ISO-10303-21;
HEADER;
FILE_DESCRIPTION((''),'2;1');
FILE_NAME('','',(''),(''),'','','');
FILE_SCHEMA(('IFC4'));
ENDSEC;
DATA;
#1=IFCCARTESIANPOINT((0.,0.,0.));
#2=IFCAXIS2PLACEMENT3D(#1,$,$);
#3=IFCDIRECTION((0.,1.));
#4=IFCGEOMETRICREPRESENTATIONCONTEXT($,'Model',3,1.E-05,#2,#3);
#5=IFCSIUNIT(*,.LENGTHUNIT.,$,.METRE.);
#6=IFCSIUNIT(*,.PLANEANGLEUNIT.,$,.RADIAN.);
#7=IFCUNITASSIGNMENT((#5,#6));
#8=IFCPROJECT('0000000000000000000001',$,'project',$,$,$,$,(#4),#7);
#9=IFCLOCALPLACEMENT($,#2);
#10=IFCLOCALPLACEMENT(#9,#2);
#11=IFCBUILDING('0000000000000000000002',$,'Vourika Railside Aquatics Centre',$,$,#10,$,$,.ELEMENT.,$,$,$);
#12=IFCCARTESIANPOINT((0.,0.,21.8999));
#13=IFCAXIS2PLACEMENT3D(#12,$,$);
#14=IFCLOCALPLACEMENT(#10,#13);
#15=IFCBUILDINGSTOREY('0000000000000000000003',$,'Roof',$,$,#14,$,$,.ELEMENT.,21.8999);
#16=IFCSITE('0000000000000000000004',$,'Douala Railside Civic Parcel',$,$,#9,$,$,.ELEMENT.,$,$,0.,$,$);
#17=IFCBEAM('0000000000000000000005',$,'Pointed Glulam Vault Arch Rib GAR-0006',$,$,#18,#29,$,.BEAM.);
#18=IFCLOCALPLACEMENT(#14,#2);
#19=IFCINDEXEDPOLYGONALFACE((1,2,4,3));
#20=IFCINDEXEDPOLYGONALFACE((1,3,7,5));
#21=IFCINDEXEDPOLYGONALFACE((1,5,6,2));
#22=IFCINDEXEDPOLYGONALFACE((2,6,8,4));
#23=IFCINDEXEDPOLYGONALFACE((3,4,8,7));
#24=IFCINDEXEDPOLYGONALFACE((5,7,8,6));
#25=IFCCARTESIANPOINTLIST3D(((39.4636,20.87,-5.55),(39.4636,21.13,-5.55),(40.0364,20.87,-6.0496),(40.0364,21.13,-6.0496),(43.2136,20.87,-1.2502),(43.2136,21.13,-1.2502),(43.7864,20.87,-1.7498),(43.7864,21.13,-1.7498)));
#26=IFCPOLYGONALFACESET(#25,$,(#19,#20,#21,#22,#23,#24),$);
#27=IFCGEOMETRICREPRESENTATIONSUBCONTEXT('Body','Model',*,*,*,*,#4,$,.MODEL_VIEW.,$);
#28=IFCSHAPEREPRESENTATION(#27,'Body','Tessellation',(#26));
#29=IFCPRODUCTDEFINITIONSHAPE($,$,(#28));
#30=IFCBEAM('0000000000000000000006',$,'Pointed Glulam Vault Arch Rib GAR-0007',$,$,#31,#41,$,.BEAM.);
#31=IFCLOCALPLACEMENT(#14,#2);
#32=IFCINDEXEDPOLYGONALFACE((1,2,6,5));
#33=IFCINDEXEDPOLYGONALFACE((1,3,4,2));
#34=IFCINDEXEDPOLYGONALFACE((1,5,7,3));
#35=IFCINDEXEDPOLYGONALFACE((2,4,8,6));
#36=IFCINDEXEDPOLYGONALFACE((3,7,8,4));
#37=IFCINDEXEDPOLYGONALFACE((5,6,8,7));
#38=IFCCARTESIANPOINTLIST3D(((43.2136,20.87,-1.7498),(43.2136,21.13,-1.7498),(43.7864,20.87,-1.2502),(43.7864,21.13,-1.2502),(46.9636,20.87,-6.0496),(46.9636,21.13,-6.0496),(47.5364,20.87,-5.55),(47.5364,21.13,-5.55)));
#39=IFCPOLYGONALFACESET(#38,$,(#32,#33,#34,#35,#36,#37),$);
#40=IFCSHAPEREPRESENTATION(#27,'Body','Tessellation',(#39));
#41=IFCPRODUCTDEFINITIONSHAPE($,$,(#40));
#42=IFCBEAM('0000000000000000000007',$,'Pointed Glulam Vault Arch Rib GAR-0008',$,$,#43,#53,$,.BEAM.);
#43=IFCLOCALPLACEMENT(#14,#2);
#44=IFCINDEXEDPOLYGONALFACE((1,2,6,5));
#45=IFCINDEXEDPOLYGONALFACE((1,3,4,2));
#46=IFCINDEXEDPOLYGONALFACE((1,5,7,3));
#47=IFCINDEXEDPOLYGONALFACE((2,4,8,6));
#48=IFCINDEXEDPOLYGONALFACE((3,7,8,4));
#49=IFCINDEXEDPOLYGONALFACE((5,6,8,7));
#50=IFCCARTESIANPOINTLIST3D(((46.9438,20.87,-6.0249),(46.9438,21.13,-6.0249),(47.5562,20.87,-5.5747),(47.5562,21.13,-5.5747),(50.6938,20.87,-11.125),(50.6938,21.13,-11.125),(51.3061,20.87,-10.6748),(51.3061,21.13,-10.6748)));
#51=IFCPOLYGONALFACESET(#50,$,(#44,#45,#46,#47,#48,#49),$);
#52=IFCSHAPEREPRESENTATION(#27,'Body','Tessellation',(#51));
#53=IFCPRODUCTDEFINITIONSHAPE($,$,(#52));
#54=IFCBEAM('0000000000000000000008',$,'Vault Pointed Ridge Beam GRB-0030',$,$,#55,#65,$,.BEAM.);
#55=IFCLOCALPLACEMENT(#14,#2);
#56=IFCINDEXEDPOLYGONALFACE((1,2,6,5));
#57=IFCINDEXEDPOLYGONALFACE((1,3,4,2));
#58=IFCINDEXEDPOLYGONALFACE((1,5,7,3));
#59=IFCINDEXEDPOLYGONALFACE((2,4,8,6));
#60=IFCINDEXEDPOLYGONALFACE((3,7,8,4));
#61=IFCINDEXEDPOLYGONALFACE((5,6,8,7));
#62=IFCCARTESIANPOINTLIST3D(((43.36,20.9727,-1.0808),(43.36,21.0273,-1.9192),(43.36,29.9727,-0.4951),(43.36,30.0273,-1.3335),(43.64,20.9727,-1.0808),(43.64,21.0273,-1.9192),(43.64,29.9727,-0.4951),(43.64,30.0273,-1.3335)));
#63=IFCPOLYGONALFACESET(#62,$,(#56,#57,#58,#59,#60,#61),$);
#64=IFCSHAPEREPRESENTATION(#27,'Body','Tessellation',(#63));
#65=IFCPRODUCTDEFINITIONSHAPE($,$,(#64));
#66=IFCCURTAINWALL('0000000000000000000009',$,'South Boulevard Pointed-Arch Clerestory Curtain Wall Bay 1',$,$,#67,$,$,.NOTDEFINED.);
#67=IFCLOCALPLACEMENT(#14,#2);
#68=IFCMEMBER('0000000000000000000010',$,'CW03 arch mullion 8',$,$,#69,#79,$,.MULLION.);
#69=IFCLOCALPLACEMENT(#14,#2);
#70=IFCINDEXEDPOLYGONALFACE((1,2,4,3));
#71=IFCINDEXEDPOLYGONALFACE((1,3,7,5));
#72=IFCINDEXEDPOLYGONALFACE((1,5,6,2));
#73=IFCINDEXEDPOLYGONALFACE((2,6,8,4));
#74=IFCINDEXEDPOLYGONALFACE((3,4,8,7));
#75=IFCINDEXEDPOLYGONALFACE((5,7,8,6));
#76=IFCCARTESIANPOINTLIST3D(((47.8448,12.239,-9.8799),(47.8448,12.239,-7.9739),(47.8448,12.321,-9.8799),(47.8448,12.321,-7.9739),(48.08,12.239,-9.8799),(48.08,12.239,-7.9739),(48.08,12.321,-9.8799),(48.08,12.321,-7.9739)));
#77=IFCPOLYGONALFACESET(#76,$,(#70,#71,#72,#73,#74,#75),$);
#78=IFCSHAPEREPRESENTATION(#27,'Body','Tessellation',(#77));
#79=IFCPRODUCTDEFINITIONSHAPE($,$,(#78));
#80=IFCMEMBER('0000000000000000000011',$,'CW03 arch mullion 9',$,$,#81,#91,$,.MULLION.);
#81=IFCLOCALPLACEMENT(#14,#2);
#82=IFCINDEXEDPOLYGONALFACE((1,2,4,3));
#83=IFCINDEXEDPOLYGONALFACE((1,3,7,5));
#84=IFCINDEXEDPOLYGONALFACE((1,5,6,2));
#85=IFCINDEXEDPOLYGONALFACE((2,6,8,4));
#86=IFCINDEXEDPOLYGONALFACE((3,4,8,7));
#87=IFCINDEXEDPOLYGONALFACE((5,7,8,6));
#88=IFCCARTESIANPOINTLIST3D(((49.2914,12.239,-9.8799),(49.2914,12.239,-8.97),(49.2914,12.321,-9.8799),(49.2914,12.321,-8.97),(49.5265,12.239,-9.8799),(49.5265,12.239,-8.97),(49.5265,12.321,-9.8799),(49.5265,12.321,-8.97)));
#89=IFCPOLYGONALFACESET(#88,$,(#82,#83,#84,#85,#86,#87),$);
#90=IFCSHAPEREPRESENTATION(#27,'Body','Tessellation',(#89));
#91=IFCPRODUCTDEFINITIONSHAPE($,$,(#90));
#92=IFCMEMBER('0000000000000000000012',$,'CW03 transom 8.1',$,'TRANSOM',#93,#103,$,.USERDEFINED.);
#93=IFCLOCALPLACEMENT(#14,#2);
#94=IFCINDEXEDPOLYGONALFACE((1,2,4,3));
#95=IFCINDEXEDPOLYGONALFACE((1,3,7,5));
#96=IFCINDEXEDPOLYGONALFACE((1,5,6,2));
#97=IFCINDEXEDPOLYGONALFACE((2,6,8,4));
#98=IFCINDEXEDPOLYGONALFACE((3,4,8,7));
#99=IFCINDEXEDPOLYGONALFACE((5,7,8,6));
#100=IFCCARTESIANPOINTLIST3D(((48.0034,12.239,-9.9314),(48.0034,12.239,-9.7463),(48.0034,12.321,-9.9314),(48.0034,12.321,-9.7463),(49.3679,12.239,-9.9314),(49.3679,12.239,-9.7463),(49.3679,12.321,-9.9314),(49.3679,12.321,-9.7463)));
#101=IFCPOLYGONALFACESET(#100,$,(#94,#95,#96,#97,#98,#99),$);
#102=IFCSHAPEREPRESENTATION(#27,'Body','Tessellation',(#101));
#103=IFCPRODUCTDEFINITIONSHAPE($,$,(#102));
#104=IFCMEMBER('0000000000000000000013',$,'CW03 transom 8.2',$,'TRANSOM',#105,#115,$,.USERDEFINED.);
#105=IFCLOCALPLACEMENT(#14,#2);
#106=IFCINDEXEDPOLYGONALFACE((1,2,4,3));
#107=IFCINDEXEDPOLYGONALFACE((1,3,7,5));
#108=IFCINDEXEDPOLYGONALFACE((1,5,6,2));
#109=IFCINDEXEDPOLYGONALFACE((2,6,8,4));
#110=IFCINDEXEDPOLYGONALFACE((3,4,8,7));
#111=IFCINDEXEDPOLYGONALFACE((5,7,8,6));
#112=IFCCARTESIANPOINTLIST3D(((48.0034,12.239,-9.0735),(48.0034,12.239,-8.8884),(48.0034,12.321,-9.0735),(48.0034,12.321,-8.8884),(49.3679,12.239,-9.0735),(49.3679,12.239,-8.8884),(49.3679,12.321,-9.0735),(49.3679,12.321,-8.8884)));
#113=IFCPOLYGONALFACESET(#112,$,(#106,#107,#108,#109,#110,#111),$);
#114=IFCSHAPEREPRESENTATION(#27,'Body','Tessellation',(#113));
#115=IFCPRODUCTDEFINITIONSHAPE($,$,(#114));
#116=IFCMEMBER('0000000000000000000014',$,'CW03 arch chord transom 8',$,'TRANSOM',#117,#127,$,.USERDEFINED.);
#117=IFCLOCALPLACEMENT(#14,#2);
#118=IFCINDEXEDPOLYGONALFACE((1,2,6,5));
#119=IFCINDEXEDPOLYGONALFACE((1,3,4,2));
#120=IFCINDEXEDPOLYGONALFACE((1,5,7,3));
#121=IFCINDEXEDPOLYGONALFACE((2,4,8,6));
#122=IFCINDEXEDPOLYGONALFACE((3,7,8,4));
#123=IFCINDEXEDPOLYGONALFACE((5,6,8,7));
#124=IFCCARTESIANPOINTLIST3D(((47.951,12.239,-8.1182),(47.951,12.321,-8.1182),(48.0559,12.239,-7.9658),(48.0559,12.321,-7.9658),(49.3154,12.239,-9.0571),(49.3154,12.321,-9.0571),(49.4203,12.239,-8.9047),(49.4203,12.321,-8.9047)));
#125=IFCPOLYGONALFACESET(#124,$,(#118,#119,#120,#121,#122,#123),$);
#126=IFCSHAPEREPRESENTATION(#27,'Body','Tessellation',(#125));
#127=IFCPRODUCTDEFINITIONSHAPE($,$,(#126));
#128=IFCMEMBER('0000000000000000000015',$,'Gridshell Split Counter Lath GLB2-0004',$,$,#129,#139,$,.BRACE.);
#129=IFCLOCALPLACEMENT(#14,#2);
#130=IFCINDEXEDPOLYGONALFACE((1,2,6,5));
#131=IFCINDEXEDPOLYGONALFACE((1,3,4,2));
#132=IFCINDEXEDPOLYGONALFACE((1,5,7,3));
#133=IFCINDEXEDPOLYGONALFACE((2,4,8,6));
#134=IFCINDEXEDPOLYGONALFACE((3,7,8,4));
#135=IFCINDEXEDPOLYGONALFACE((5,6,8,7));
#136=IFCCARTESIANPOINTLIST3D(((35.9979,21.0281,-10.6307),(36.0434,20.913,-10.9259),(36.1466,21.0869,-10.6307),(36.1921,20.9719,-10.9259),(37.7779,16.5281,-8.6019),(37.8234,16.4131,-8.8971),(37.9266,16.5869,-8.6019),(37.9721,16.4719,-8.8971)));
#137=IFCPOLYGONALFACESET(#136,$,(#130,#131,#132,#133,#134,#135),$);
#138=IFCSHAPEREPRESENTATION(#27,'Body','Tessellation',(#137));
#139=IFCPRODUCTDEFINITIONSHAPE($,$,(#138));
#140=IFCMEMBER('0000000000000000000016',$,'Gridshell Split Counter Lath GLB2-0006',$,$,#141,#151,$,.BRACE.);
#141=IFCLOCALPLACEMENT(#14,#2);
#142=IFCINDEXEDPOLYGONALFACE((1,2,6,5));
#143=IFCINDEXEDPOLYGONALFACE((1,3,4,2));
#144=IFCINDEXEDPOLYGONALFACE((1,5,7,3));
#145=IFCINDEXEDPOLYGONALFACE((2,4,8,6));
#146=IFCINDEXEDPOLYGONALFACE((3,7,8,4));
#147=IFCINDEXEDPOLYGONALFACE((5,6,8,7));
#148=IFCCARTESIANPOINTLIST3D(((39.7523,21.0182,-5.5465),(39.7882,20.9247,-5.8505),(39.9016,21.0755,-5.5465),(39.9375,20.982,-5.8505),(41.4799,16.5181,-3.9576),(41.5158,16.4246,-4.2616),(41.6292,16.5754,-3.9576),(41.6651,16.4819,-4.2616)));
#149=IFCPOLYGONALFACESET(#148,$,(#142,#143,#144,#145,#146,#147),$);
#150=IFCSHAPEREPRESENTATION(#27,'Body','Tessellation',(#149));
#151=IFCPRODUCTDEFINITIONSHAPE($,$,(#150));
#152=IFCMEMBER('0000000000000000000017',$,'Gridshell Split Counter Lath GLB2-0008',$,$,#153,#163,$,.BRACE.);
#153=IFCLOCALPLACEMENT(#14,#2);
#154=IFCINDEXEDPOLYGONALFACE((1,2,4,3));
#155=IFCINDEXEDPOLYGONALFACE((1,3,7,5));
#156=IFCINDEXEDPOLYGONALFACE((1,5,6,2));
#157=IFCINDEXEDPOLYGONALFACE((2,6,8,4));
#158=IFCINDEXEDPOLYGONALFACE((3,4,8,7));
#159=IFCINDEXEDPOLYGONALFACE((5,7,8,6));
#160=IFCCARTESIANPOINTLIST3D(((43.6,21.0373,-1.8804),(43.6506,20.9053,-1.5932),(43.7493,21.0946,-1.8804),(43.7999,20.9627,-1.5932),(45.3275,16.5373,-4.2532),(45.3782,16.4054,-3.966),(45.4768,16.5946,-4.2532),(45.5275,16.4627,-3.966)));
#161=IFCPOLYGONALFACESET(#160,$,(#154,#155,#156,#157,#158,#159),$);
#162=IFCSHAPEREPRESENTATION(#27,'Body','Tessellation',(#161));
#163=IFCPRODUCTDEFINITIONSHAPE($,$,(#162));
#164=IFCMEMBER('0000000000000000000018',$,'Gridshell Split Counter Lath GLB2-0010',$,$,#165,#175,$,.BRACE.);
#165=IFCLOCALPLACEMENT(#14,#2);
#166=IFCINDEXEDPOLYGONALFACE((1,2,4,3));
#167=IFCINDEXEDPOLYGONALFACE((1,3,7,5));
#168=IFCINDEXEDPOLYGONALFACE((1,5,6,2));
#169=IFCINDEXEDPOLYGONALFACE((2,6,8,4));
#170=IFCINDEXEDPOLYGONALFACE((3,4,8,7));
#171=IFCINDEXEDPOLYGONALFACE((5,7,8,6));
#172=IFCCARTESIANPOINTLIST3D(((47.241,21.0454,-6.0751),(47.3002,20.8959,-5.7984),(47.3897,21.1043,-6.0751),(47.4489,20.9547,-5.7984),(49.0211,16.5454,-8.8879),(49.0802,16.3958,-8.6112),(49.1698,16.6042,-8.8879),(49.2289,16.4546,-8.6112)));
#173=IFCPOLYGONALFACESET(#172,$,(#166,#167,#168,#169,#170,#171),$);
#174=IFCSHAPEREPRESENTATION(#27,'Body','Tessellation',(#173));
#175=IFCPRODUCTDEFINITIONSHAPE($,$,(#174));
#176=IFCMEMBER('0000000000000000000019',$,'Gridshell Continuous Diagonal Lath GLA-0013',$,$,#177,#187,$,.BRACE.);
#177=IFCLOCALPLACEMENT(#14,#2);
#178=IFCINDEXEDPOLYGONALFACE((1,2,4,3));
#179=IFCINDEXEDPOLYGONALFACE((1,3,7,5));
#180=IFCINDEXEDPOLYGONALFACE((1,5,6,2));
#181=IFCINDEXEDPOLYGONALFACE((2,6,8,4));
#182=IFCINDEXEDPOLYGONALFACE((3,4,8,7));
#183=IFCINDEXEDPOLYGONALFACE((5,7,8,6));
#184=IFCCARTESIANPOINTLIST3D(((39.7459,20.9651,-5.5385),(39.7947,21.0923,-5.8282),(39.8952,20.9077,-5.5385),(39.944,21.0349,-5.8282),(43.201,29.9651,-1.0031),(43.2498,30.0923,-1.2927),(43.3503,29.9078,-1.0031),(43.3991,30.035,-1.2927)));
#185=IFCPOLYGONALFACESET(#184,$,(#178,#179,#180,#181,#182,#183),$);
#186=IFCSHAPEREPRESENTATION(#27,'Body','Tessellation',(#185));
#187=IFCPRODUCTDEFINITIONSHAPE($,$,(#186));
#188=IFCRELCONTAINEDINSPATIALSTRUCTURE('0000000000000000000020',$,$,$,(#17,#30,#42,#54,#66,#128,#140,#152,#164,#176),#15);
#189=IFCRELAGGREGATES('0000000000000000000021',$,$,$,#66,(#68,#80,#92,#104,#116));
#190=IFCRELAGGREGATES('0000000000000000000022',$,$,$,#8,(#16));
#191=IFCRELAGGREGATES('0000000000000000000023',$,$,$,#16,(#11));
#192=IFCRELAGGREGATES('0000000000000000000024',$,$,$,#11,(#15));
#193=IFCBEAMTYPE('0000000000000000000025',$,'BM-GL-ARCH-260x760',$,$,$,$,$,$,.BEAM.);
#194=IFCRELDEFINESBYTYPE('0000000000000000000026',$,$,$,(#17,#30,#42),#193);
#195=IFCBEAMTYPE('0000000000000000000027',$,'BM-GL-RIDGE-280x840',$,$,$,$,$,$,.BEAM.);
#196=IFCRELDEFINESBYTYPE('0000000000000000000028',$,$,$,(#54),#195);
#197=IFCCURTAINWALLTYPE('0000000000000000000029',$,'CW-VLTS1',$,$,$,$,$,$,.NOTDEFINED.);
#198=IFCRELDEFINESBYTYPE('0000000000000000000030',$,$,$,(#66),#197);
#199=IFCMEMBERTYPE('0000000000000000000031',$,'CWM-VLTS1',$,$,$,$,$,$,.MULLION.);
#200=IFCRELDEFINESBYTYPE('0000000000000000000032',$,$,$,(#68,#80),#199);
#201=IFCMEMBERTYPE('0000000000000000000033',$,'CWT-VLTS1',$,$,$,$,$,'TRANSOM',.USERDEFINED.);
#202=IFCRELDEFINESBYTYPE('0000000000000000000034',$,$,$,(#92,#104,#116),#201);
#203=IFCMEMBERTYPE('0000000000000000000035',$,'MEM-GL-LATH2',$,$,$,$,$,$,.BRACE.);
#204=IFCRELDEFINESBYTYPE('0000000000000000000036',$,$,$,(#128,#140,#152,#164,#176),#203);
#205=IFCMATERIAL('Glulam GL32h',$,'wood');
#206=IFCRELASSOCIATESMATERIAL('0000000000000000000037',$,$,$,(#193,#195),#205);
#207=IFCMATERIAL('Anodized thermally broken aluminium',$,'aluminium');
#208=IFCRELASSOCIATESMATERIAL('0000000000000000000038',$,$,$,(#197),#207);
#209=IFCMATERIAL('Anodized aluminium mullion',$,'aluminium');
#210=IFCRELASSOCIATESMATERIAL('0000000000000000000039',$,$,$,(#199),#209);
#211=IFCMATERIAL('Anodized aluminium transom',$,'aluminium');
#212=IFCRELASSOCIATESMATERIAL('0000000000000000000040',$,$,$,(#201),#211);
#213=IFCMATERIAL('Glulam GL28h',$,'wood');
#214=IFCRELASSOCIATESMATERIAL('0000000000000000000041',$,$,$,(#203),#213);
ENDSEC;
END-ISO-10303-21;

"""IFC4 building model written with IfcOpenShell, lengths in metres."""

from ifc_helpers import new_model, si_unit, direction, frame, origin, origin_2d, place, context, subcontext, project, spatial, rectangle, extrude, material, material_profile, profile_set, type_object, element, aggregate, save


model = new_model("IFC4")

# Units and contexts
model_context = context("Model", 3, precision=1e-05, world=origin(), true_north=direction((0.0, 1.0)))
body_context = subcontext(model_context, "Body", "Model", "MODEL_VIEW")
ifc_project = project(units=[si_unit("LENGTHUNIT", "METRE"), si_unit("PLANEANGLEUNIT", "RADIAN")], contexts=[model_context])

# Site, building, storey
site_placement = place(None, origin())
site = spatial("IfcSite", under=ifc_project, at=site_placement, Name="Douala Railside Civic Parcel", CompositionType="ELEMENT", RefElevation=0.0)
building_placement = place(site_placement, origin())
building = spatial("IfcBuilding", under=site, at=building_placement, Name="Vourika Railside Aquatics Centre", CompositionType="ELEMENT")
storey_placement = place(building_placement, frame((0.0, 0.0, 21.8999)))
storey = spatial("IfcBuildingStorey", under=building, at=storey_placement, Name="Roof", CompositionType="ELEMENT", Elevation=21.8999)

# Beams
ifc_material_1 = material(Name="Glulam GL32h", Category="wood")
ifc_material_profile_1 = material_profile(ifc_material_1, rectangle(XDim=0.26, YDim=0.76, at=origin_2d()), Name="GL32h 260x760")
ifc_profile_set_1 = profile_set([ifc_material_profile_1], Name="Glulam GL32h")
beam_type_1 = type_object("IfcBeamType", Name="BM-GL-ARCH-260x760", PredefinedType="BEAM", material=ifc_profile_set_1)
for number, where, z_axis, x_axis, name in (
    (1, (39.75, 21.0, -5.7998), (0.65728, 0.0, 0.753647), (0.0, 1.0, 0.0), "Pointed Glulam Vault Arch Rib GAR-0006"),
    (2, (43.5, 21.0, -1.5), (0.65728, 0.0, -0.753647), (0.0, 1.0, 0.0), "Pointed Glulam Vault Arch Rib GAR-0007"),
):
    element("IfcBeam", number, at=place(storey_placement, frame(where, z_axis=z_axis, x_axis=x_axis)), inside=storey, type_object=beam_type_1, Name=name, PredefinedType="BEAM", context=body_context, shape_type="SweptSolid", body=[
        extrude(rectangle(XDim=0.26, YDim=0.76, at=origin_2d()), origin(), (0.0, 0.0, 1.0), 5.7053),
    ])
beam_1_placement = place(storey_placement, frame((47.25, 21.0, -5.7998), z_axis=(0.592383, 0.0, -0.805656), x_axis=(0.0, 1.0, 0.0)))
element("IfcBeam", 3, at=beam_1_placement, inside=storey, type_object=beam_type_1, Name="Pointed Glulam Vault Arch Rib GAR-0008", PredefinedType="BEAM", context=body_context, shape_type="SweptSolid", body=[
    extrude(rectangle(XDim=0.26, YDim=0.76, at=origin_2d()), origin(), (0.0, 0.0, 1.0), 6.3303),
])
ifc_material_profile_2 = material_profile(ifc_material_1, rectangle(XDim=0.28, YDim=0.8401, at=origin_2d()), Name="GL32h 280x840")
ifc_profile_set_2 = profile_set([ifc_material_profile_2], Name="Glulam GL32h")
beam_type_2 = type_object("IfcBeamType", Name="BM-GL-RIDGE-280x840", PredefinedType="BEAM", material=ifc_profile_set_2)
beam_2_placement = place(storey_placement, frame((43.5, 21.0, -1.5), z_axis=(0.0, 0.997889, 0.06494), x_axis=(-1.0, 0.0, 0.0)))
element("IfcBeam", 4, at=beam_2_placement, inside=storey, type_object=beam_type_2, Name="Vault Pointed Ridge Beam GRB-0030", PredefinedType="BEAM", context=body_context, shape_type="SweptSolid", body=[
    extrude(rectangle(XDim=0.28, YDim=0.8401, at=origin_2d()), origin(), (0.0, 0.0, 1.0), 9.019),
])

# Curtain wall, members
ifc_material_2 = material(Name="Anodized thermally broken aluminium", Category="aluminium")
curtain_wall_type = type_object("IfcCurtainWallType", Name="CW-VLTS1", PredefinedType="NOTDEFINED", material=ifc_material_2)
curtain_wall_placement = place(storey_placement, origin())
curtain_wall = element("IfcCurtainWall", 5, at=curtain_wall_placement, inside=storey, type_object=curtain_wall_type, Name="South Boulevard Pointed-Arch Clerestory Curtain Wall Bay 1", PredefinedType="NOTDEFINED")
ifc_material_3 = material(Name="Anodized aluminium mullion", Category="aluminium")
ifc_material_profile_3 = material_profile(ifc_material_3, rectangle(XDim=0.082, YDim=0.2351, at=origin_2d()), Name="ALU-M 82x235")
ifc_profile_set_3 = profile_set([ifc_material_profile_3], Name="Anodized aluminium mullion")
member_type_1 = type_object("IfcMemberType", Name="CWM-VLTS1", PredefinedType="MULLION", material=ifc_profile_set_3)
member_1_placement = place(storey_placement, frame((47.9624, 12.28, -9.8799), z_axis=(0.0, 0.0, 1.0), x_axis=(0.0, 1.0, 0.0)))
member_1 = element("IfcMember", 6, at=member_1_placement, type_object=member_type_1, Name="CW03 arch mullion 8", PredefinedType="MULLION", context=body_context, shape_type="SweptSolid", body=[
    extrude(rectangle(XDim=0.082, YDim=0.2351, at=origin_2d()), origin(), (0.0, 0.0, 1.0), 1.906),
])
member_2_placement = place(storey_placement, frame((49.4089, 12.28, -9.8799), z_axis=(0.0, 0.0, 1.0), x_axis=(0.0, 1.0, 0.0)))
member_2 = element("IfcMember", 7, at=member_2_placement, type_object=member_type_1, Name="CW03 arch mullion 9", PredefinedType="MULLION", context=body_context, shape_type="SweptSolid", body=[
    extrude(rectangle(XDim=0.082, YDim=0.2351, at=origin_2d()), origin(), (0.0, 0.0, 1.0), 0.9099),
])
ifc_material_4 = material(Name="Anodized aluminium transom", Category="aluminium")
ifc_material_profile_4 = material_profile(ifc_material_4, rectangle(XDim=0.082, YDim=0.1851, at=origin_2d()), Name="ALU-T 82x185")
ifc_profile_set_4 = profile_set([ifc_material_profile_4], Name="Anodized aluminium transom")
member_type_2 = type_object("IfcMemberType", Name="CWT-VLTS1", ElementType="TRANSOM", PredefinedType="USERDEFINED", material=ifc_profile_set_4)
member_3_placement = place(storey_placement, frame((48.0034, 12.28, -9.8389), z_axis=(1.0, 0.0, 0.0), x_axis=(0.0, 1.0, 0.0)))
member_3 = element("IfcMember", 8, at=member_3_placement, type_object=member_type_2, Name="CW03 transom 8.1", ObjectType="TRANSOM", PredefinedType="USERDEFINED", context=body_context, shape_type="SweptSolid", body=[
    extrude(rectangle(XDim=0.082, YDim=0.1851, at=origin_2d()), origin(), (0.0, 0.0, 1.0), 1.3645),
])
member_4_placement = place(storey_placement, frame((48.0034, 12.28, -8.981), z_axis=(1.0, 0.0, 0.0), x_axis=(0.0, 1.0, 0.0)))
member_4 = element("IfcMember", 9, at=member_4_placement, type_object=member_type_2, Name="CW03 transom 8.2", ObjectType="TRANSOM", PredefinedType="USERDEFINED", context=body_context, shape_type="SweptSolid", body=[
    extrude(rectangle(XDim=0.082, YDim=0.1851, at=origin_2d()), origin(), (0.0, 0.0, 1.0), 1.3645),
])
member_5_placement = place(storey_placement, frame((48.0034, 12.28, -8.042), z_axis=(0.823797, 0.0, -0.566885), x_axis=(0.0, 1.0, 0.0)))
member_5 = element("IfcMember", 10, at=member_5_placement, type_object=member_type_2, Name="CW03 arch chord transom 8", ObjectType="TRANSOM", PredefinedType="USERDEFINED", context=body_context, shape_type="SweptSolid", body=[
    extrude(rectangle(XDim=0.082, YDim=0.1851, at=origin_2d()), origin(), (0.0, 0.0, 1.0), 1.6562),
])

# Members
ifc_material_5 = material(Name="Glulam GL28h", Category="wood")
ifc_material_profile_5 = material_profile(ifc_material_5, rectangle(XDim=0.1599, YDim=0.3201, at=origin_2d()), Name="GL28h 160x320")
ifc_profile_set_5 = profile_set([ifc_material_profile_5], Name="Glulam GL28h")
member_type_3 = type_object("IfcMemberType", Name="MEM-GL-LATH2", PredefinedType="BRACE", material=ifc_profile_set_5)
member_6_placement = place(storey_placement, frame((37.875, 16.5, -8.7495), z_axis=(-0.339225, 0.857577, -0.386636), x_axis=(-0.929893, -0.36783, 0.0)))
element("IfcMember", 11, at=member_6_placement, inside=storey, type_object=member_type_3, Name="Gridshell Split Counter Lath GLB2-0004", PredefinedType="BRACE", context=body_context, shape_type="SweptSolid", body=[
    extrude(rectangle(XDim=0.1599, YDim=0.3201, at=origin_2d()), origin(), (0.0, 0.0, 1.0), 5.2473),
])
member_7_placement = place(storey_placement, frame((41.5725, 16.5, -4.1096), z_axis=(-0.34038, 0.886643, -0.313057), x_axis=(-0.93357, -0.358395, 0.0)))
element("IfcMember", 12, at=member_7_placement, inside=storey, type_object=member_type_3, Name="Gridshell Split Counter Lath GLB2-0006", PredefinedType="BRACE", context=body_context, shape_type="SweptSolid", body=[
    extrude(rectangle(XDim=0.1599, YDim=0.3201, at=origin_2d()), origin(), (0.0, 0.0, 1.0), 5.0754),
])
member_8_placement = place(storey_placement, frame((45.4275, 16.5, -4.1096), z_axis=(-0.321548, 0.837587, 0.441651), x_axis=(-0.93357, -0.358395, 0.0)))
element("IfcMember", 13, at=member_8_placement, inside=storey, type_object=member_type_3, Name="Gridshell Split Counter Lath GLB2-0008", PredefinedType="BRACE", context=body_context, shape_type="SweptSolid", body=[
    extrude(rectangle(XDim=0.1599, YDim=0.3201, at=origin_2d()), origin(), (0.0, 0.0, 1.0), 5.3726),
])
member_9_placement = place(storey_placement, frame((49.125, 16.5, -8.7495), z_axis=(-0.318014, 0.803956, 0.502516), x_axis=(-0.929893, -0.36783, 0.0)))
element("IfcMember", 14, at=member_9_placement, inside=storey, type_object=member_type_3, Name="Gridshell Split Counter Lath GLB2-0010", PredefinedType="BRACE", context=body_context, shape_type="SweptSolid", body=[
    extrude(rectangle(XDim=0.1599, YDim=0.3201, at=origin_2d()), origin(), (0.0, 0.0, 1.0), 5.5974),
])
member_10_placement = place(storey_placement, frame((39.845, 21.0, -5.6833), z_axis=(0.324299, 0.844754, 0.4257), x_axis=(-0.93357, 0.358395, 0.0)))
element("IfcMember", 15, at=member_10_placement, inside=storey, type_object=member_type_3, Name="Gridshell Continuous Diagonal Lath GLA-0013", PredefinedType="BRACE", context=body_context, shape_type="SweptSolid", body=[
    extrude(rectangle(XDim=0.1599, YDim=0.3201, at=origin_2d()), origin(), (0.0, 0.0, 1.0), 10.6541),
])

aggregate(curtain_wall, [member_1, member_2, member_3, member_4, member_5])

save(model, "model.ifc")
